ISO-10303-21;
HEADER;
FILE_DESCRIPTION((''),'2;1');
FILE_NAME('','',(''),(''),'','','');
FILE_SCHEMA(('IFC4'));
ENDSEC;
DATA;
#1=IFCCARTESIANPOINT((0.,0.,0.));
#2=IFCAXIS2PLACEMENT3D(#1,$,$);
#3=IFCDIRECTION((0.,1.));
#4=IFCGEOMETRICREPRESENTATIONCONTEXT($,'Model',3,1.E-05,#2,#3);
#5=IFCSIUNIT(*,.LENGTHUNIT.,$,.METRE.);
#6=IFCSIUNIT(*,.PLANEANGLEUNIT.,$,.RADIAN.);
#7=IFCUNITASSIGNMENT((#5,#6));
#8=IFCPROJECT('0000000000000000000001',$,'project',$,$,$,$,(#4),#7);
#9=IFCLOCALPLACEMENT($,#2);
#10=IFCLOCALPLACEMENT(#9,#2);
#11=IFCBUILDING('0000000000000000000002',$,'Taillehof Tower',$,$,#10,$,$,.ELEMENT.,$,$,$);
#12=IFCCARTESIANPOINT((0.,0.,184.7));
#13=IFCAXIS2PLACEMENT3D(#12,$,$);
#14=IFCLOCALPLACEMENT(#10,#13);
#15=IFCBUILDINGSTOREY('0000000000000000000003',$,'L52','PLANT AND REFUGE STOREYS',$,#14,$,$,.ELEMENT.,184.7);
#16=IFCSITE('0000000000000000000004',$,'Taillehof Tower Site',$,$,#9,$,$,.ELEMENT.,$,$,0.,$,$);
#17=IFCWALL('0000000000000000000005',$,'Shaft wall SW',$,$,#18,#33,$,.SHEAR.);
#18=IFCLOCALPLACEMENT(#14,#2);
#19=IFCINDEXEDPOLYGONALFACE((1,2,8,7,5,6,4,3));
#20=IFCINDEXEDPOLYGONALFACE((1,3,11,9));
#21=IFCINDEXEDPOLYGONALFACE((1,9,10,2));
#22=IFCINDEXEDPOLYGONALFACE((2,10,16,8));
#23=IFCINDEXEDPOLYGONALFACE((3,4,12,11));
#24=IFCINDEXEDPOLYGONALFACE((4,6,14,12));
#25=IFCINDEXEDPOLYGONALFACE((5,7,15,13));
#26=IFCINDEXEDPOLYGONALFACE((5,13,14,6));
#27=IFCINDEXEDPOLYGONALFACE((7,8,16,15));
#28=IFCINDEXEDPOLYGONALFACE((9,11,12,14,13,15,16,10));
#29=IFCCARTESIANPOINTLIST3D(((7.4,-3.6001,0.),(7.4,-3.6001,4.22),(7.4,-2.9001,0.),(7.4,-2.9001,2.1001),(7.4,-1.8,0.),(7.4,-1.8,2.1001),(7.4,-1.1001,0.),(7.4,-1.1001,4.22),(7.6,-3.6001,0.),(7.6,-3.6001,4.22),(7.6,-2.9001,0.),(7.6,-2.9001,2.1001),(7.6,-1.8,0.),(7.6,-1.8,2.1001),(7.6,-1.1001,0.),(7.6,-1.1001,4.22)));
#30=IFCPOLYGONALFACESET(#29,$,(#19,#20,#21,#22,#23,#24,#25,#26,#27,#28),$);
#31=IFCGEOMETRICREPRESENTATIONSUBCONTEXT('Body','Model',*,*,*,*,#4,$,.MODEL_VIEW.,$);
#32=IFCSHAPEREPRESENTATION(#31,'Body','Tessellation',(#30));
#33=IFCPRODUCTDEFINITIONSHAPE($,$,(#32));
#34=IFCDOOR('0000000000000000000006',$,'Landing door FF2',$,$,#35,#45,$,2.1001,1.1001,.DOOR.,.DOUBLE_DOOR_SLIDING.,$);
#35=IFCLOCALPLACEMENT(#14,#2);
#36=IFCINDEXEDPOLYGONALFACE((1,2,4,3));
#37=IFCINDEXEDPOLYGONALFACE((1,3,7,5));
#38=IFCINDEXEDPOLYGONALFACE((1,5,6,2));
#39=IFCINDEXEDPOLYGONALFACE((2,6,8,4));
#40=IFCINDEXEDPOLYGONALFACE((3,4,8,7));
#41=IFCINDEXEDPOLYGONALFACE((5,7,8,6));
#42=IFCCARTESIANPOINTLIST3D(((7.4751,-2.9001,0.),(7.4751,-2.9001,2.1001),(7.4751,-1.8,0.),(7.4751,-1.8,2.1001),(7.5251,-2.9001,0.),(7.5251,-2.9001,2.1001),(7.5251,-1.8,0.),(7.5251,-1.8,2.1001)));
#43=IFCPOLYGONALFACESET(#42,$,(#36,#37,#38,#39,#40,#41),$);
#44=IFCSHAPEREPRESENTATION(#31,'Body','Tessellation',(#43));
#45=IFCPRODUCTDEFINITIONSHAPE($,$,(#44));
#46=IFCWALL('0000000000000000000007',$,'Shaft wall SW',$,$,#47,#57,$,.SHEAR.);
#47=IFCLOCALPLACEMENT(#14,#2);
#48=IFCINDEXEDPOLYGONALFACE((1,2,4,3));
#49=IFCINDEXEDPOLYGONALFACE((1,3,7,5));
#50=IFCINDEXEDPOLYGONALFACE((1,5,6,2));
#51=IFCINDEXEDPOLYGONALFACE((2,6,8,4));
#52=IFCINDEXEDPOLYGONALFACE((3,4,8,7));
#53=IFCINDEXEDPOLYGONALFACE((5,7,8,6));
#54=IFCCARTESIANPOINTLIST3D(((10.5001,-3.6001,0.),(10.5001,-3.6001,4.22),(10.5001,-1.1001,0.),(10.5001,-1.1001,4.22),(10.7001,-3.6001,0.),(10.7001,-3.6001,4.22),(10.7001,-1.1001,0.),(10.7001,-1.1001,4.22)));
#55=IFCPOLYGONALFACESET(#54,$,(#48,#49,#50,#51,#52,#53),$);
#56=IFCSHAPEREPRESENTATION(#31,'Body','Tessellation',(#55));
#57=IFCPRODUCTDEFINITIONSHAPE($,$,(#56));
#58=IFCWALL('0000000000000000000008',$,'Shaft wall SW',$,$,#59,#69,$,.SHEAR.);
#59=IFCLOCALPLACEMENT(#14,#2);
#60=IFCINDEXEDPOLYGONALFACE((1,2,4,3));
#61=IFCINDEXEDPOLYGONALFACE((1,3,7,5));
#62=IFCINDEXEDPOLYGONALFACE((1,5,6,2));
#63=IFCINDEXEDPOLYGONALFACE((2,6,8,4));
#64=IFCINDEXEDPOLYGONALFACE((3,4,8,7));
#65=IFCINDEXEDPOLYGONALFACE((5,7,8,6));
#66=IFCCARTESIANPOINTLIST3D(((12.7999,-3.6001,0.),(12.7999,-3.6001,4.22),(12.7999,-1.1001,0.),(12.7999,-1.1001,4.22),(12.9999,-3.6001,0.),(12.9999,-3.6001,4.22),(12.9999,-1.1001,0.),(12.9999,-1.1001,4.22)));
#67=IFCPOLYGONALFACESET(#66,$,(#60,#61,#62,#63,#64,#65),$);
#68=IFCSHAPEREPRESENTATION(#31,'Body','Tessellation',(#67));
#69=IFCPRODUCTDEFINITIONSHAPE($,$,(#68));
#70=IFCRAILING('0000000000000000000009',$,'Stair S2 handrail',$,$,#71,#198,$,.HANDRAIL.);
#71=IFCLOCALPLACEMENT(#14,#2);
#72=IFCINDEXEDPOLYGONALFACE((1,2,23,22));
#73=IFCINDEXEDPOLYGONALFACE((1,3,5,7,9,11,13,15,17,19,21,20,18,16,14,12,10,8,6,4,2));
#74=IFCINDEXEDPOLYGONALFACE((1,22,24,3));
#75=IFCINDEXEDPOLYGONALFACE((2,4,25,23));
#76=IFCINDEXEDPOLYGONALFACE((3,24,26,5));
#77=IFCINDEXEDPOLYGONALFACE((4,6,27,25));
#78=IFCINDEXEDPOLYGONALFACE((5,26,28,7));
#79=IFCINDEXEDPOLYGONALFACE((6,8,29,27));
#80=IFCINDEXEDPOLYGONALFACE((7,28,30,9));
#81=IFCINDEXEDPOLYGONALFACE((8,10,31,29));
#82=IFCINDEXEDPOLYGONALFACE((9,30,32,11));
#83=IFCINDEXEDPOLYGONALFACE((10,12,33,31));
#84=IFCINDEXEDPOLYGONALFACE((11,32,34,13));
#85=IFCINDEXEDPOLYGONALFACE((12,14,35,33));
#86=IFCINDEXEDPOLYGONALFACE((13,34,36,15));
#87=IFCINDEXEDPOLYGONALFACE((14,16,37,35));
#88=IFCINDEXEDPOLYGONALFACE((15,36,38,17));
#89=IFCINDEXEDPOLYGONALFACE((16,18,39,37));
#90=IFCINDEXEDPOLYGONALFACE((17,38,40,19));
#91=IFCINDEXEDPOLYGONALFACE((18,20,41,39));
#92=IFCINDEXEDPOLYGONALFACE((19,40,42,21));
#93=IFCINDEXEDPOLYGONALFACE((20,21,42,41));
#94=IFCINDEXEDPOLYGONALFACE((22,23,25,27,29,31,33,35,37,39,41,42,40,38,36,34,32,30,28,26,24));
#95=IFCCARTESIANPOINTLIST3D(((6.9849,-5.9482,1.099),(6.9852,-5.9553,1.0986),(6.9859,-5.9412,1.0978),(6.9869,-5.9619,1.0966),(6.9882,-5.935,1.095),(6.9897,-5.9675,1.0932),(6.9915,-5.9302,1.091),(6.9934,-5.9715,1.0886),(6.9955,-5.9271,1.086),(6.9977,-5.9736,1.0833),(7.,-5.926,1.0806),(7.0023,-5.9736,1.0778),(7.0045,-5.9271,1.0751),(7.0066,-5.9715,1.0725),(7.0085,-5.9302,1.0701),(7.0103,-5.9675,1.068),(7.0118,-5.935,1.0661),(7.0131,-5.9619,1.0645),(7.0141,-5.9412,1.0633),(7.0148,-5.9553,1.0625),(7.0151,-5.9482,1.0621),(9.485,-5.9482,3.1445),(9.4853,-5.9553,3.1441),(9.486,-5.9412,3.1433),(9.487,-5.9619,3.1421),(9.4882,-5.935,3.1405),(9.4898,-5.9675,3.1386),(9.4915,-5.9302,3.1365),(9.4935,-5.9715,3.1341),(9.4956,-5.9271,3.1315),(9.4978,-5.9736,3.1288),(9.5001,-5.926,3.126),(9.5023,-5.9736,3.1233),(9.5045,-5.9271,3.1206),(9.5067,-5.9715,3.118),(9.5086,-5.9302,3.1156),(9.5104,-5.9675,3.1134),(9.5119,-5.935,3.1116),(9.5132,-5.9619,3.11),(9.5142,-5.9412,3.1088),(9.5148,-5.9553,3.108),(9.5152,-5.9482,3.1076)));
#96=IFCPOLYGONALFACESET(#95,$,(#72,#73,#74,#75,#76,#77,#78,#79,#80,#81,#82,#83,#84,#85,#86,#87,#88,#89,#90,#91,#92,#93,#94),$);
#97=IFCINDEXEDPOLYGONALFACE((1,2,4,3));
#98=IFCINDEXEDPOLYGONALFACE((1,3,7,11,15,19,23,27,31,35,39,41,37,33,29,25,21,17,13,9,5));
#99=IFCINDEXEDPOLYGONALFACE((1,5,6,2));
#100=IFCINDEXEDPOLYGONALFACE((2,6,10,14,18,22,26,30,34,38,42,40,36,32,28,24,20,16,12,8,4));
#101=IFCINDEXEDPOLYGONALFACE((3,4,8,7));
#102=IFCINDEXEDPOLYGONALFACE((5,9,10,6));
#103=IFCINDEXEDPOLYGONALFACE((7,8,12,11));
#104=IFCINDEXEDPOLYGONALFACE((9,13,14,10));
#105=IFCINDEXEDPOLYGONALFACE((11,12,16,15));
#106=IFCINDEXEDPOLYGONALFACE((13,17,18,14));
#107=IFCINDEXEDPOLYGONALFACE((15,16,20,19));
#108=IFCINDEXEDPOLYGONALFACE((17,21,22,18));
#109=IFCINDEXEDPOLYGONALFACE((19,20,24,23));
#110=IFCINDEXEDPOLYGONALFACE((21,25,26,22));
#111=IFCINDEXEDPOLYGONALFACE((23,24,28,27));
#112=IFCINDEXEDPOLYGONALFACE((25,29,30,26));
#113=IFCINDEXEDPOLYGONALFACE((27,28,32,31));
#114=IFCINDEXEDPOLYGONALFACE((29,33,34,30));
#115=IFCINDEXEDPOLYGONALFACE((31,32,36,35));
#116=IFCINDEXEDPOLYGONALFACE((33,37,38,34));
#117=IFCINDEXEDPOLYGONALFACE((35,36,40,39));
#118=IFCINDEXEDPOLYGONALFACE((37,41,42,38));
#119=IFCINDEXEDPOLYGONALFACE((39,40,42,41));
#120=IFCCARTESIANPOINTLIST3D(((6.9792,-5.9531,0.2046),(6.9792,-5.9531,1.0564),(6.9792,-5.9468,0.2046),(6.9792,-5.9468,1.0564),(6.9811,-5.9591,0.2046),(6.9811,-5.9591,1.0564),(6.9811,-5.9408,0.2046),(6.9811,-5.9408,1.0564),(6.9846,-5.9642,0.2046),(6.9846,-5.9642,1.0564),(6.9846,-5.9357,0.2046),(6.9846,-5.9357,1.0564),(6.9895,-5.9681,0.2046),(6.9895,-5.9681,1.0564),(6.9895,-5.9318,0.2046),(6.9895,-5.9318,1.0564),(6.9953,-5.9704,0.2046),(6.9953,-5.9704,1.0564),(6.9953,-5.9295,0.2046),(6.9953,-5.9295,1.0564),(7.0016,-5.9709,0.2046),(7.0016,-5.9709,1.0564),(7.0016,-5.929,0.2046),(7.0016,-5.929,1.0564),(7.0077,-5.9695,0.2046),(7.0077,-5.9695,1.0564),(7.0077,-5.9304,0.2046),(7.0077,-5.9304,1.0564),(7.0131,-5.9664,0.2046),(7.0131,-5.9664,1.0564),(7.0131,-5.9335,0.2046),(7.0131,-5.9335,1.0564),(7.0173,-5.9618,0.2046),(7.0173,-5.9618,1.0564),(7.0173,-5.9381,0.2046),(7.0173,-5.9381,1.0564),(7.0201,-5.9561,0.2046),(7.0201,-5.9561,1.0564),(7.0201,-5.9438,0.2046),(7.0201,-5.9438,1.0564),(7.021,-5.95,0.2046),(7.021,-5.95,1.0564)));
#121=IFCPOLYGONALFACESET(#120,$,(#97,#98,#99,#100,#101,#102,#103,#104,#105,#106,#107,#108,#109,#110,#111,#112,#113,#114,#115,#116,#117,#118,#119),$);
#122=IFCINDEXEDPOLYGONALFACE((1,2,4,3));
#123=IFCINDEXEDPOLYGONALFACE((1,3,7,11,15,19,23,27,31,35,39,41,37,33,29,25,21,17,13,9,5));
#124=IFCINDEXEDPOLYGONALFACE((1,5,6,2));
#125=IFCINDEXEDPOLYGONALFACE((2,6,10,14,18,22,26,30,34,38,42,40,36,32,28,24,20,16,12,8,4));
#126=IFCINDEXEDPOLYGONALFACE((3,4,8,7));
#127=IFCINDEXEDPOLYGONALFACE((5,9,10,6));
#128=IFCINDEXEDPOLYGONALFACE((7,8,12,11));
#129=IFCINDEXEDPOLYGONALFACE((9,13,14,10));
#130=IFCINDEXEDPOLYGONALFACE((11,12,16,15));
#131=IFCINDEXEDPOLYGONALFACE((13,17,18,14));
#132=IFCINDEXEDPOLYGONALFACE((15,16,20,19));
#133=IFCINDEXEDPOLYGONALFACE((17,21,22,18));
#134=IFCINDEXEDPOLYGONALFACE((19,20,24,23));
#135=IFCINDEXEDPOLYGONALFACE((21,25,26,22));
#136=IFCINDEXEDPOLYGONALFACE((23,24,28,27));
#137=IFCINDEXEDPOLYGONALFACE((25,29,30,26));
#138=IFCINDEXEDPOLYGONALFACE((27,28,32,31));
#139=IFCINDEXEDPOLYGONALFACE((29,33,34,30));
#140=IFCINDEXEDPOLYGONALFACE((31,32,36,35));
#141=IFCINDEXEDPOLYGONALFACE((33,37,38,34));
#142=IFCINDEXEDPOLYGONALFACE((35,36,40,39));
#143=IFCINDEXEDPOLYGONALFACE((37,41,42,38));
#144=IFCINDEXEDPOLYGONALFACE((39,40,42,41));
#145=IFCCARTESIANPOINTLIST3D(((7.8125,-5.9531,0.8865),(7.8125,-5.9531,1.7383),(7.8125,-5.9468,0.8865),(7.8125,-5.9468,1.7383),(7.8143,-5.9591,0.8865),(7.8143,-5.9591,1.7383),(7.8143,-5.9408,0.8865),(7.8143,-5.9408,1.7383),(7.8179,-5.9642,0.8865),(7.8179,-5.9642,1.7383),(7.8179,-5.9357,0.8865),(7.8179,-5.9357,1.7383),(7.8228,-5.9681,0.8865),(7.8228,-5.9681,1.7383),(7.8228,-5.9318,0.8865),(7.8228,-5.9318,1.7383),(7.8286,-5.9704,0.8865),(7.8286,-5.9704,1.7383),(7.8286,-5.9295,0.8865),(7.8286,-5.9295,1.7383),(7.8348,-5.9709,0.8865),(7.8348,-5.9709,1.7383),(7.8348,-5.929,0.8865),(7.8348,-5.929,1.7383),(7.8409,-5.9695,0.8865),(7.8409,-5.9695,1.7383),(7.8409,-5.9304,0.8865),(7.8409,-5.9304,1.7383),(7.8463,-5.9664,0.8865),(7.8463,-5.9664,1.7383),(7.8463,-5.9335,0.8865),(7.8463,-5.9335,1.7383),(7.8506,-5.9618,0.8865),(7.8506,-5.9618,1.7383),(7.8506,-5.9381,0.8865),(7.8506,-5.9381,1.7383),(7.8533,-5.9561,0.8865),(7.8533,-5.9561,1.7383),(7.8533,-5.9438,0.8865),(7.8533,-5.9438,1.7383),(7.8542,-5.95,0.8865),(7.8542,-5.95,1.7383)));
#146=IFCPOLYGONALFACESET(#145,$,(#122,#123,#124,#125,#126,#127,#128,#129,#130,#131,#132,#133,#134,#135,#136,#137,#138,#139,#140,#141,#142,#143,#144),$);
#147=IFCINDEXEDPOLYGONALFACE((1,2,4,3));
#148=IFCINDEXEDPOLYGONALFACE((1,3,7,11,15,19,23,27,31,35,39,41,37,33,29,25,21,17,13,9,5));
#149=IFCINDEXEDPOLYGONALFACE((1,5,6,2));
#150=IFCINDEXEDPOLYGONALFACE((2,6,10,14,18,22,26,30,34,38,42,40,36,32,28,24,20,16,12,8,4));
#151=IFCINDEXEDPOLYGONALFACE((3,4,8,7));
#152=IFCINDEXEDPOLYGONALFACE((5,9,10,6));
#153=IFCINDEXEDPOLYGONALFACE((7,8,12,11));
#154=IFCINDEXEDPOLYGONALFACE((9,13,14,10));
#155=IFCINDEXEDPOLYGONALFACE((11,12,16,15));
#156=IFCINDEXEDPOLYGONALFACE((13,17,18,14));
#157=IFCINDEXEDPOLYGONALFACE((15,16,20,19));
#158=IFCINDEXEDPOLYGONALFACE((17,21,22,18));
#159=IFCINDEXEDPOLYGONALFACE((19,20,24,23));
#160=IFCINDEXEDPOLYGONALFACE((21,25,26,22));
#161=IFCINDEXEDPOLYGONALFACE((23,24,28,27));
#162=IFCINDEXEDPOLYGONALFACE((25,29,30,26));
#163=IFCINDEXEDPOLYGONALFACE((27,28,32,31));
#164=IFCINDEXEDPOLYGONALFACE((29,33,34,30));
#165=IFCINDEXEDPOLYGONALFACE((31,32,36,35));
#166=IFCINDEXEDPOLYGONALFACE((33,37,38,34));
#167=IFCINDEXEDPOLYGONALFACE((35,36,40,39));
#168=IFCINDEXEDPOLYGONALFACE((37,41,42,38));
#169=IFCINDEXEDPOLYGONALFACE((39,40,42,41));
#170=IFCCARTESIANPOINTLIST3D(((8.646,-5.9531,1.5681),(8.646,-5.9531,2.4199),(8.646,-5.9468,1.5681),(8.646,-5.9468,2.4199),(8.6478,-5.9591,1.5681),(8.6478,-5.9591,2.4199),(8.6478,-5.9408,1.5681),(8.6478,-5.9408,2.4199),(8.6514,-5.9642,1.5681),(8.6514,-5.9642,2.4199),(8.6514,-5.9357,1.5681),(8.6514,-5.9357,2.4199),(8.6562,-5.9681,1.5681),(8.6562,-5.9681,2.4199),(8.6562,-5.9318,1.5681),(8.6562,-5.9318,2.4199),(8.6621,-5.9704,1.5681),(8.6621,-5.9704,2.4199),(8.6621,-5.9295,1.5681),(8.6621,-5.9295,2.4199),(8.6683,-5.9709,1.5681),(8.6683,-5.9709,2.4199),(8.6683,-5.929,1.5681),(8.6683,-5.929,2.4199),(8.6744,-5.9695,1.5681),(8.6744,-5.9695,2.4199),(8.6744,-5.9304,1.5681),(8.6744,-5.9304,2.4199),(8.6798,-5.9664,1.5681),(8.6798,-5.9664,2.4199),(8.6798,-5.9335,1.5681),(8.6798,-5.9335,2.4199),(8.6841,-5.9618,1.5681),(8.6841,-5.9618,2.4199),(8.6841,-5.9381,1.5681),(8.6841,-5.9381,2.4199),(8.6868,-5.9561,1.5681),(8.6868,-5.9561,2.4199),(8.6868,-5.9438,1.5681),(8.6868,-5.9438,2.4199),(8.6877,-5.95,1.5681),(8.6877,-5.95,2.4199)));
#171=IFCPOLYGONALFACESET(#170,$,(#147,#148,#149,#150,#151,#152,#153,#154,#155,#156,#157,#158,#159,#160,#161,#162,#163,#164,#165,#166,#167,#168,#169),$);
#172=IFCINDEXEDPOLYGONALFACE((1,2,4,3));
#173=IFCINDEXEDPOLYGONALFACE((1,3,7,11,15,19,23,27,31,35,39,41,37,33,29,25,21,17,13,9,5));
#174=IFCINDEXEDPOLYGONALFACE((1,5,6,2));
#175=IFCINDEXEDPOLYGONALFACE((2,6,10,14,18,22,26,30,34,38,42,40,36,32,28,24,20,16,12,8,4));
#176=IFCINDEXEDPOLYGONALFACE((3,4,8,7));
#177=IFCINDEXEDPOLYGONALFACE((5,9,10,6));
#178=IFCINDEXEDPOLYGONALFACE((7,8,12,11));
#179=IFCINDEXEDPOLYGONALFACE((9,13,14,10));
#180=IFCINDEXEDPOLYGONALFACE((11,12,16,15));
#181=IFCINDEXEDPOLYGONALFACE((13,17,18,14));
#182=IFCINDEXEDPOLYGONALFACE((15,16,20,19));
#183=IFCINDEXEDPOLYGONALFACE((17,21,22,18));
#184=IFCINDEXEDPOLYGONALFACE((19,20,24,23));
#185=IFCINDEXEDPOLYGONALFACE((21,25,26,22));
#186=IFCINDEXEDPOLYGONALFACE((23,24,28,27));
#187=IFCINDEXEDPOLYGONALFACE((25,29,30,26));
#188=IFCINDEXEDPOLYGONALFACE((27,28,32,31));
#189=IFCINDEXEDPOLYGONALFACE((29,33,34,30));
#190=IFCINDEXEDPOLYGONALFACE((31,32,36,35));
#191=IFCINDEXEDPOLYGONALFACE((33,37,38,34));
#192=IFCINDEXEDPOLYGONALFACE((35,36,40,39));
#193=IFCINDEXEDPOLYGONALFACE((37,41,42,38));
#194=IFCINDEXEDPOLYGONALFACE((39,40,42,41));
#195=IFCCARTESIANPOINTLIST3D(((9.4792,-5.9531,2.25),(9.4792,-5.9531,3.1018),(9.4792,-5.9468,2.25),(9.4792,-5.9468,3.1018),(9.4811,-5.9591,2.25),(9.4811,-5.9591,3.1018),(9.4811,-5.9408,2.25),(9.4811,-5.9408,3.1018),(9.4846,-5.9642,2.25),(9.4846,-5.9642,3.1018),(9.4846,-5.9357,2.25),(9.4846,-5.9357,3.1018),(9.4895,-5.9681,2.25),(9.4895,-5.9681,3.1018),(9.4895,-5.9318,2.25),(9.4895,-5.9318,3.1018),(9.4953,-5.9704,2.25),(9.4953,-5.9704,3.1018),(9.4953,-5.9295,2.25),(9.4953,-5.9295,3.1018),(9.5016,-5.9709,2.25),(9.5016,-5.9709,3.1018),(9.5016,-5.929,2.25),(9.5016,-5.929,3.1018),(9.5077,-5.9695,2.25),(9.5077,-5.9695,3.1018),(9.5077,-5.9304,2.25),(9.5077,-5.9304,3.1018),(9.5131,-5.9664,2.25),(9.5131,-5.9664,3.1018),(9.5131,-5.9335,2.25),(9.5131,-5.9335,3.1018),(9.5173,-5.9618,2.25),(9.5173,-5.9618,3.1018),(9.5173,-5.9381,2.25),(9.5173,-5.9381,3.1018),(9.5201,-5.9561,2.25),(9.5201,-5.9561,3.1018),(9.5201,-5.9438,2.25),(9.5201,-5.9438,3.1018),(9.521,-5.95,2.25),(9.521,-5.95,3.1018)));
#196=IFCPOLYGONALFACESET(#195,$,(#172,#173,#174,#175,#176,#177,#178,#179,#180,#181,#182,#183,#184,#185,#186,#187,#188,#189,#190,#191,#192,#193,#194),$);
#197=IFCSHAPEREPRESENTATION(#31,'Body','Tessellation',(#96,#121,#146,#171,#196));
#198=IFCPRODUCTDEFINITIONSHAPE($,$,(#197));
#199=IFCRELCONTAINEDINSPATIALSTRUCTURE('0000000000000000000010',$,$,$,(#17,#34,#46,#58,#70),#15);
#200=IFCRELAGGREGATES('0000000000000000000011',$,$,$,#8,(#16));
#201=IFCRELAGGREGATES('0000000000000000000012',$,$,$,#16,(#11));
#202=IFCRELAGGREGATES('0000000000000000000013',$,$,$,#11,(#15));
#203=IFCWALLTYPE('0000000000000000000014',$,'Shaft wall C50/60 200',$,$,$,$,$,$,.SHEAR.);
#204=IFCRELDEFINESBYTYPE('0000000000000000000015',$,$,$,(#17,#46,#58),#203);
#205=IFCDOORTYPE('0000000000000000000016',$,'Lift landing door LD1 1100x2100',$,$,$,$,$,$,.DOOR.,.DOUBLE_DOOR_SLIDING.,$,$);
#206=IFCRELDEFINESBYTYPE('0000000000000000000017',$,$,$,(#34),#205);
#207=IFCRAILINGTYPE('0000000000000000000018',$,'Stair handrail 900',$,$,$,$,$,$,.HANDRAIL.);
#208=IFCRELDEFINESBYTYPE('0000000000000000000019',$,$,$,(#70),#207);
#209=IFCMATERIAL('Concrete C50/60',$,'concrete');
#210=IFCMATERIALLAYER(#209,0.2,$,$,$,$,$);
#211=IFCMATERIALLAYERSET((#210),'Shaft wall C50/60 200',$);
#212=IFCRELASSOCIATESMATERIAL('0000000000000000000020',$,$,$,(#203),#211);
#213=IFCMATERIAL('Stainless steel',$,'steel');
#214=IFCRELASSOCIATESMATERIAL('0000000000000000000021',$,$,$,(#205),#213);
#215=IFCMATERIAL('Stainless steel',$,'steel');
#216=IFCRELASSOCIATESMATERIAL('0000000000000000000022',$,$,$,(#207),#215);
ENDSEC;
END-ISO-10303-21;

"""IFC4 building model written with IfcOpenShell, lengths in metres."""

from ifc_helpers import new_model, si_unit, direction, frame, frame_2d, origin, origin_2d, place, context, subcontext, project, spatial, rectangle, circle, extrude, material, layer, layer_set, type_object, element, fill, save


model = new_model("IFC4")

# Units and contexts
model_context = context("Model", 3, precision=1e-05, world=origin(), true_north=direction((0.0, 1.0)))
body_context = subcontext(model_context, "Body", "Model", "MODEL_VIEW")
ifc_project = project(units=[si_unit("LENGTHUNIT", "METRE"), si_unit("PLANEANGLEUNIT", "RADIAN")], contexts=[model_context])

# Site, building, storey
site_placement = place(None, origin())
site = spatial("IfcSite", under=ifc_project, at=site_placement, Name="Taillehof Tower Site", CompositionType="ELEMENT", RefElevation=0.0)
building_placement = place(site_placement, origin())
building = spatial("IfcBuilding", under=site, at=building_placement, Name="Taillehof Tower", CompositionType="ELEMENT")
storey_placement = place(building_placement, frame((0.0, 0.0, 184.7)))
storey = spatial("IfcBuildingStorey", under=building, at=storey_placement, Name="L52", Description="PLANT AND REFUGE STOREYS", CompositionType="ELEMENT", Elevation=184.7)

# Shared definitions
ifc_material_1 = material(Name="Concrete C50/60", Category="concrete")
ifc_layer_1 = layer(ifc_material_1, 0.2)
ifc_layer_set_1 = layer_set([ifc_layer_1], Name="Shaft wall C50/60 200")
wall_type_1 = type_object("IfcWallType", Name="Shaft wall C50/60 200", PredefinedType="SHEAR", material=ifc_layer_set_1)

# Wall, opening, door
wall_1_placement = place(storey_placement, frame((7.5, -3.6001, 0.0), z_axis=(0.0, 0.0, 1.0), x_axis=(0.0, 1.0, 0.0)))
wall_1 = element("IfcWall", 1, at=wall_1_placement, inside=storey, type_object=wall_type_1, Name="Shaft wall SW", PredefinedType="SHEAR", context=body_context, shape_type="SweptSolid", body=[
    extrude(rectangle(XDim=2.5, YDim=0.2, at=frame_2d((1.25, 0.0))), origin(), (0.0, 0.0, 1.0), 4.22),
])
opening_1_placement = place(wall_1_placement, frame((0.7, 0.0, 0.0)))
opening_1 = element("IfcOpeningElement", 2, at=opening_1_placement, cuts=wall_1, PredefinedType="OPENING", context=body_context, shape_type="SweptSolid", body=[
    extrude(rectangle(XDim=1.1001, YDim=2.1001, at=frame_2d((0.55, 1.05))), frame((0.0, 0.1099, 0.0), z_axis=(0.0, -1.0, 0.0), x_axis=(1.0, 0.0, 0.0)), (0.0, 0.0, 1.0), 0.22),
])
ifc_material_2 = material(Name="Stainless steel", Category="steel")
door_type_1 = type_object("IfcDoorType", Name="Lift landing door LD1 1100x2100", OperationType="DOUBLE_DOOR_SLIDING", PredefinedType="DOOR", material=ifc_material_2)
door_1_placement = place(opening_1_placement, origin())
door_1 = element("IfcDoor", 3, at=door_1_placement, inside=storey, type_object=door_type_1, Name="Landing door FF2", OperationType="DOUBLE_DOOR_SLIDING", OverallHeight=2.1001, OverallWidth=1.1001, PredefinedType="DOOR", context=body_context, shape_type="SweptSolid", body=[
    extrude(rectangle(XDim=1.1001, YDim=2.1001, at=frame_2d((0.55, 1.05))), frame((0.0, 0.0249, 0.0), z_axis=(0.0, -1.0, 0.0), x_axis=(1.0, 0.0, 0.0)), (0.0, 0.0, 1.0), 0.05),
])
fill(opening_1, door_1)

# Walls
for number, where, z_axis, x_axis, name in (
    (4, (10.6001, -3.6001, 0.0), (0.0, 0.0, 1.0), (0.0, 1.0, 0.0), "Shaft wall SW"),
    (5, (12.8999, -3.6001, 0.0), (0.0, 0.0, 1.0), (0.0, 1.0, 0.0), "Shaft wall SW"),
):
    element("IfcWall", number, at=place(storey_placement, frame(where, z_axis=z_axis, x_axis=x_axis)), inside=storey, type_object=wall_type_1, Name=name, PredefinedType="SHEAR", context=body_context, shape_type="SweptSolid", body=[
        extrude(rectangle(XDim=2.5, YDim=0.2, at=frame_2d((1.25, 0.0))), origin(), (0.0, 0.0, 1.0), 4.22),
    ])

# Railing
ifc_material_3 = material(Name="Stainless steel", Category="steel")
railing_type = type_object("IfcRailingType", Name="Stair handrail 900", PredefinedType="HANDRAIL", material=ifc_material_3)
railing_placement = place(storey_placement, frame((7.0, -5.95, 0.2046)))
element("IfcRailing", 6, at=railing_placement, inside=storey, type_object=railing_type, Name="Stair S2 handrail", PredefinedType="HANDRAIL", context=body_context, shape_type="SweptSolid", body=[
    extrude(circle(Radius=0.0239, at=origin_2d()), frame((0.0, 0.0, 0.876), z_axis=(0.773964, 0.0, 0.63323), x_axis=(0.0, 1.0, 0.0)), (0.0, 0.0, 1.0), 3.2302),
    extrude(circle(Radius=0.021, at=origin_2d()), origin(), (0.0, 0.0, 1.0), 0.8518),
    extrude(circle(Radius=0.021, at=origin_2d()), frame((0.8333, 0.0, 0.6819)), (0.0, 0.0, 1.0), 0.8518),
    extrude(circle(Radius=0.021, at=origin_2d()), frame((1.6667, 0.0, 1.3635)), (0.0, 0.0, 1.0), 0.8518),
    extrude(circle(Radius=0.021, at=origin_2d()), frame((2.5, 0.0, 2.0454)), (0.0, 0.0, 1.0), 0.8518),
])

save(model, "model.ifc")
